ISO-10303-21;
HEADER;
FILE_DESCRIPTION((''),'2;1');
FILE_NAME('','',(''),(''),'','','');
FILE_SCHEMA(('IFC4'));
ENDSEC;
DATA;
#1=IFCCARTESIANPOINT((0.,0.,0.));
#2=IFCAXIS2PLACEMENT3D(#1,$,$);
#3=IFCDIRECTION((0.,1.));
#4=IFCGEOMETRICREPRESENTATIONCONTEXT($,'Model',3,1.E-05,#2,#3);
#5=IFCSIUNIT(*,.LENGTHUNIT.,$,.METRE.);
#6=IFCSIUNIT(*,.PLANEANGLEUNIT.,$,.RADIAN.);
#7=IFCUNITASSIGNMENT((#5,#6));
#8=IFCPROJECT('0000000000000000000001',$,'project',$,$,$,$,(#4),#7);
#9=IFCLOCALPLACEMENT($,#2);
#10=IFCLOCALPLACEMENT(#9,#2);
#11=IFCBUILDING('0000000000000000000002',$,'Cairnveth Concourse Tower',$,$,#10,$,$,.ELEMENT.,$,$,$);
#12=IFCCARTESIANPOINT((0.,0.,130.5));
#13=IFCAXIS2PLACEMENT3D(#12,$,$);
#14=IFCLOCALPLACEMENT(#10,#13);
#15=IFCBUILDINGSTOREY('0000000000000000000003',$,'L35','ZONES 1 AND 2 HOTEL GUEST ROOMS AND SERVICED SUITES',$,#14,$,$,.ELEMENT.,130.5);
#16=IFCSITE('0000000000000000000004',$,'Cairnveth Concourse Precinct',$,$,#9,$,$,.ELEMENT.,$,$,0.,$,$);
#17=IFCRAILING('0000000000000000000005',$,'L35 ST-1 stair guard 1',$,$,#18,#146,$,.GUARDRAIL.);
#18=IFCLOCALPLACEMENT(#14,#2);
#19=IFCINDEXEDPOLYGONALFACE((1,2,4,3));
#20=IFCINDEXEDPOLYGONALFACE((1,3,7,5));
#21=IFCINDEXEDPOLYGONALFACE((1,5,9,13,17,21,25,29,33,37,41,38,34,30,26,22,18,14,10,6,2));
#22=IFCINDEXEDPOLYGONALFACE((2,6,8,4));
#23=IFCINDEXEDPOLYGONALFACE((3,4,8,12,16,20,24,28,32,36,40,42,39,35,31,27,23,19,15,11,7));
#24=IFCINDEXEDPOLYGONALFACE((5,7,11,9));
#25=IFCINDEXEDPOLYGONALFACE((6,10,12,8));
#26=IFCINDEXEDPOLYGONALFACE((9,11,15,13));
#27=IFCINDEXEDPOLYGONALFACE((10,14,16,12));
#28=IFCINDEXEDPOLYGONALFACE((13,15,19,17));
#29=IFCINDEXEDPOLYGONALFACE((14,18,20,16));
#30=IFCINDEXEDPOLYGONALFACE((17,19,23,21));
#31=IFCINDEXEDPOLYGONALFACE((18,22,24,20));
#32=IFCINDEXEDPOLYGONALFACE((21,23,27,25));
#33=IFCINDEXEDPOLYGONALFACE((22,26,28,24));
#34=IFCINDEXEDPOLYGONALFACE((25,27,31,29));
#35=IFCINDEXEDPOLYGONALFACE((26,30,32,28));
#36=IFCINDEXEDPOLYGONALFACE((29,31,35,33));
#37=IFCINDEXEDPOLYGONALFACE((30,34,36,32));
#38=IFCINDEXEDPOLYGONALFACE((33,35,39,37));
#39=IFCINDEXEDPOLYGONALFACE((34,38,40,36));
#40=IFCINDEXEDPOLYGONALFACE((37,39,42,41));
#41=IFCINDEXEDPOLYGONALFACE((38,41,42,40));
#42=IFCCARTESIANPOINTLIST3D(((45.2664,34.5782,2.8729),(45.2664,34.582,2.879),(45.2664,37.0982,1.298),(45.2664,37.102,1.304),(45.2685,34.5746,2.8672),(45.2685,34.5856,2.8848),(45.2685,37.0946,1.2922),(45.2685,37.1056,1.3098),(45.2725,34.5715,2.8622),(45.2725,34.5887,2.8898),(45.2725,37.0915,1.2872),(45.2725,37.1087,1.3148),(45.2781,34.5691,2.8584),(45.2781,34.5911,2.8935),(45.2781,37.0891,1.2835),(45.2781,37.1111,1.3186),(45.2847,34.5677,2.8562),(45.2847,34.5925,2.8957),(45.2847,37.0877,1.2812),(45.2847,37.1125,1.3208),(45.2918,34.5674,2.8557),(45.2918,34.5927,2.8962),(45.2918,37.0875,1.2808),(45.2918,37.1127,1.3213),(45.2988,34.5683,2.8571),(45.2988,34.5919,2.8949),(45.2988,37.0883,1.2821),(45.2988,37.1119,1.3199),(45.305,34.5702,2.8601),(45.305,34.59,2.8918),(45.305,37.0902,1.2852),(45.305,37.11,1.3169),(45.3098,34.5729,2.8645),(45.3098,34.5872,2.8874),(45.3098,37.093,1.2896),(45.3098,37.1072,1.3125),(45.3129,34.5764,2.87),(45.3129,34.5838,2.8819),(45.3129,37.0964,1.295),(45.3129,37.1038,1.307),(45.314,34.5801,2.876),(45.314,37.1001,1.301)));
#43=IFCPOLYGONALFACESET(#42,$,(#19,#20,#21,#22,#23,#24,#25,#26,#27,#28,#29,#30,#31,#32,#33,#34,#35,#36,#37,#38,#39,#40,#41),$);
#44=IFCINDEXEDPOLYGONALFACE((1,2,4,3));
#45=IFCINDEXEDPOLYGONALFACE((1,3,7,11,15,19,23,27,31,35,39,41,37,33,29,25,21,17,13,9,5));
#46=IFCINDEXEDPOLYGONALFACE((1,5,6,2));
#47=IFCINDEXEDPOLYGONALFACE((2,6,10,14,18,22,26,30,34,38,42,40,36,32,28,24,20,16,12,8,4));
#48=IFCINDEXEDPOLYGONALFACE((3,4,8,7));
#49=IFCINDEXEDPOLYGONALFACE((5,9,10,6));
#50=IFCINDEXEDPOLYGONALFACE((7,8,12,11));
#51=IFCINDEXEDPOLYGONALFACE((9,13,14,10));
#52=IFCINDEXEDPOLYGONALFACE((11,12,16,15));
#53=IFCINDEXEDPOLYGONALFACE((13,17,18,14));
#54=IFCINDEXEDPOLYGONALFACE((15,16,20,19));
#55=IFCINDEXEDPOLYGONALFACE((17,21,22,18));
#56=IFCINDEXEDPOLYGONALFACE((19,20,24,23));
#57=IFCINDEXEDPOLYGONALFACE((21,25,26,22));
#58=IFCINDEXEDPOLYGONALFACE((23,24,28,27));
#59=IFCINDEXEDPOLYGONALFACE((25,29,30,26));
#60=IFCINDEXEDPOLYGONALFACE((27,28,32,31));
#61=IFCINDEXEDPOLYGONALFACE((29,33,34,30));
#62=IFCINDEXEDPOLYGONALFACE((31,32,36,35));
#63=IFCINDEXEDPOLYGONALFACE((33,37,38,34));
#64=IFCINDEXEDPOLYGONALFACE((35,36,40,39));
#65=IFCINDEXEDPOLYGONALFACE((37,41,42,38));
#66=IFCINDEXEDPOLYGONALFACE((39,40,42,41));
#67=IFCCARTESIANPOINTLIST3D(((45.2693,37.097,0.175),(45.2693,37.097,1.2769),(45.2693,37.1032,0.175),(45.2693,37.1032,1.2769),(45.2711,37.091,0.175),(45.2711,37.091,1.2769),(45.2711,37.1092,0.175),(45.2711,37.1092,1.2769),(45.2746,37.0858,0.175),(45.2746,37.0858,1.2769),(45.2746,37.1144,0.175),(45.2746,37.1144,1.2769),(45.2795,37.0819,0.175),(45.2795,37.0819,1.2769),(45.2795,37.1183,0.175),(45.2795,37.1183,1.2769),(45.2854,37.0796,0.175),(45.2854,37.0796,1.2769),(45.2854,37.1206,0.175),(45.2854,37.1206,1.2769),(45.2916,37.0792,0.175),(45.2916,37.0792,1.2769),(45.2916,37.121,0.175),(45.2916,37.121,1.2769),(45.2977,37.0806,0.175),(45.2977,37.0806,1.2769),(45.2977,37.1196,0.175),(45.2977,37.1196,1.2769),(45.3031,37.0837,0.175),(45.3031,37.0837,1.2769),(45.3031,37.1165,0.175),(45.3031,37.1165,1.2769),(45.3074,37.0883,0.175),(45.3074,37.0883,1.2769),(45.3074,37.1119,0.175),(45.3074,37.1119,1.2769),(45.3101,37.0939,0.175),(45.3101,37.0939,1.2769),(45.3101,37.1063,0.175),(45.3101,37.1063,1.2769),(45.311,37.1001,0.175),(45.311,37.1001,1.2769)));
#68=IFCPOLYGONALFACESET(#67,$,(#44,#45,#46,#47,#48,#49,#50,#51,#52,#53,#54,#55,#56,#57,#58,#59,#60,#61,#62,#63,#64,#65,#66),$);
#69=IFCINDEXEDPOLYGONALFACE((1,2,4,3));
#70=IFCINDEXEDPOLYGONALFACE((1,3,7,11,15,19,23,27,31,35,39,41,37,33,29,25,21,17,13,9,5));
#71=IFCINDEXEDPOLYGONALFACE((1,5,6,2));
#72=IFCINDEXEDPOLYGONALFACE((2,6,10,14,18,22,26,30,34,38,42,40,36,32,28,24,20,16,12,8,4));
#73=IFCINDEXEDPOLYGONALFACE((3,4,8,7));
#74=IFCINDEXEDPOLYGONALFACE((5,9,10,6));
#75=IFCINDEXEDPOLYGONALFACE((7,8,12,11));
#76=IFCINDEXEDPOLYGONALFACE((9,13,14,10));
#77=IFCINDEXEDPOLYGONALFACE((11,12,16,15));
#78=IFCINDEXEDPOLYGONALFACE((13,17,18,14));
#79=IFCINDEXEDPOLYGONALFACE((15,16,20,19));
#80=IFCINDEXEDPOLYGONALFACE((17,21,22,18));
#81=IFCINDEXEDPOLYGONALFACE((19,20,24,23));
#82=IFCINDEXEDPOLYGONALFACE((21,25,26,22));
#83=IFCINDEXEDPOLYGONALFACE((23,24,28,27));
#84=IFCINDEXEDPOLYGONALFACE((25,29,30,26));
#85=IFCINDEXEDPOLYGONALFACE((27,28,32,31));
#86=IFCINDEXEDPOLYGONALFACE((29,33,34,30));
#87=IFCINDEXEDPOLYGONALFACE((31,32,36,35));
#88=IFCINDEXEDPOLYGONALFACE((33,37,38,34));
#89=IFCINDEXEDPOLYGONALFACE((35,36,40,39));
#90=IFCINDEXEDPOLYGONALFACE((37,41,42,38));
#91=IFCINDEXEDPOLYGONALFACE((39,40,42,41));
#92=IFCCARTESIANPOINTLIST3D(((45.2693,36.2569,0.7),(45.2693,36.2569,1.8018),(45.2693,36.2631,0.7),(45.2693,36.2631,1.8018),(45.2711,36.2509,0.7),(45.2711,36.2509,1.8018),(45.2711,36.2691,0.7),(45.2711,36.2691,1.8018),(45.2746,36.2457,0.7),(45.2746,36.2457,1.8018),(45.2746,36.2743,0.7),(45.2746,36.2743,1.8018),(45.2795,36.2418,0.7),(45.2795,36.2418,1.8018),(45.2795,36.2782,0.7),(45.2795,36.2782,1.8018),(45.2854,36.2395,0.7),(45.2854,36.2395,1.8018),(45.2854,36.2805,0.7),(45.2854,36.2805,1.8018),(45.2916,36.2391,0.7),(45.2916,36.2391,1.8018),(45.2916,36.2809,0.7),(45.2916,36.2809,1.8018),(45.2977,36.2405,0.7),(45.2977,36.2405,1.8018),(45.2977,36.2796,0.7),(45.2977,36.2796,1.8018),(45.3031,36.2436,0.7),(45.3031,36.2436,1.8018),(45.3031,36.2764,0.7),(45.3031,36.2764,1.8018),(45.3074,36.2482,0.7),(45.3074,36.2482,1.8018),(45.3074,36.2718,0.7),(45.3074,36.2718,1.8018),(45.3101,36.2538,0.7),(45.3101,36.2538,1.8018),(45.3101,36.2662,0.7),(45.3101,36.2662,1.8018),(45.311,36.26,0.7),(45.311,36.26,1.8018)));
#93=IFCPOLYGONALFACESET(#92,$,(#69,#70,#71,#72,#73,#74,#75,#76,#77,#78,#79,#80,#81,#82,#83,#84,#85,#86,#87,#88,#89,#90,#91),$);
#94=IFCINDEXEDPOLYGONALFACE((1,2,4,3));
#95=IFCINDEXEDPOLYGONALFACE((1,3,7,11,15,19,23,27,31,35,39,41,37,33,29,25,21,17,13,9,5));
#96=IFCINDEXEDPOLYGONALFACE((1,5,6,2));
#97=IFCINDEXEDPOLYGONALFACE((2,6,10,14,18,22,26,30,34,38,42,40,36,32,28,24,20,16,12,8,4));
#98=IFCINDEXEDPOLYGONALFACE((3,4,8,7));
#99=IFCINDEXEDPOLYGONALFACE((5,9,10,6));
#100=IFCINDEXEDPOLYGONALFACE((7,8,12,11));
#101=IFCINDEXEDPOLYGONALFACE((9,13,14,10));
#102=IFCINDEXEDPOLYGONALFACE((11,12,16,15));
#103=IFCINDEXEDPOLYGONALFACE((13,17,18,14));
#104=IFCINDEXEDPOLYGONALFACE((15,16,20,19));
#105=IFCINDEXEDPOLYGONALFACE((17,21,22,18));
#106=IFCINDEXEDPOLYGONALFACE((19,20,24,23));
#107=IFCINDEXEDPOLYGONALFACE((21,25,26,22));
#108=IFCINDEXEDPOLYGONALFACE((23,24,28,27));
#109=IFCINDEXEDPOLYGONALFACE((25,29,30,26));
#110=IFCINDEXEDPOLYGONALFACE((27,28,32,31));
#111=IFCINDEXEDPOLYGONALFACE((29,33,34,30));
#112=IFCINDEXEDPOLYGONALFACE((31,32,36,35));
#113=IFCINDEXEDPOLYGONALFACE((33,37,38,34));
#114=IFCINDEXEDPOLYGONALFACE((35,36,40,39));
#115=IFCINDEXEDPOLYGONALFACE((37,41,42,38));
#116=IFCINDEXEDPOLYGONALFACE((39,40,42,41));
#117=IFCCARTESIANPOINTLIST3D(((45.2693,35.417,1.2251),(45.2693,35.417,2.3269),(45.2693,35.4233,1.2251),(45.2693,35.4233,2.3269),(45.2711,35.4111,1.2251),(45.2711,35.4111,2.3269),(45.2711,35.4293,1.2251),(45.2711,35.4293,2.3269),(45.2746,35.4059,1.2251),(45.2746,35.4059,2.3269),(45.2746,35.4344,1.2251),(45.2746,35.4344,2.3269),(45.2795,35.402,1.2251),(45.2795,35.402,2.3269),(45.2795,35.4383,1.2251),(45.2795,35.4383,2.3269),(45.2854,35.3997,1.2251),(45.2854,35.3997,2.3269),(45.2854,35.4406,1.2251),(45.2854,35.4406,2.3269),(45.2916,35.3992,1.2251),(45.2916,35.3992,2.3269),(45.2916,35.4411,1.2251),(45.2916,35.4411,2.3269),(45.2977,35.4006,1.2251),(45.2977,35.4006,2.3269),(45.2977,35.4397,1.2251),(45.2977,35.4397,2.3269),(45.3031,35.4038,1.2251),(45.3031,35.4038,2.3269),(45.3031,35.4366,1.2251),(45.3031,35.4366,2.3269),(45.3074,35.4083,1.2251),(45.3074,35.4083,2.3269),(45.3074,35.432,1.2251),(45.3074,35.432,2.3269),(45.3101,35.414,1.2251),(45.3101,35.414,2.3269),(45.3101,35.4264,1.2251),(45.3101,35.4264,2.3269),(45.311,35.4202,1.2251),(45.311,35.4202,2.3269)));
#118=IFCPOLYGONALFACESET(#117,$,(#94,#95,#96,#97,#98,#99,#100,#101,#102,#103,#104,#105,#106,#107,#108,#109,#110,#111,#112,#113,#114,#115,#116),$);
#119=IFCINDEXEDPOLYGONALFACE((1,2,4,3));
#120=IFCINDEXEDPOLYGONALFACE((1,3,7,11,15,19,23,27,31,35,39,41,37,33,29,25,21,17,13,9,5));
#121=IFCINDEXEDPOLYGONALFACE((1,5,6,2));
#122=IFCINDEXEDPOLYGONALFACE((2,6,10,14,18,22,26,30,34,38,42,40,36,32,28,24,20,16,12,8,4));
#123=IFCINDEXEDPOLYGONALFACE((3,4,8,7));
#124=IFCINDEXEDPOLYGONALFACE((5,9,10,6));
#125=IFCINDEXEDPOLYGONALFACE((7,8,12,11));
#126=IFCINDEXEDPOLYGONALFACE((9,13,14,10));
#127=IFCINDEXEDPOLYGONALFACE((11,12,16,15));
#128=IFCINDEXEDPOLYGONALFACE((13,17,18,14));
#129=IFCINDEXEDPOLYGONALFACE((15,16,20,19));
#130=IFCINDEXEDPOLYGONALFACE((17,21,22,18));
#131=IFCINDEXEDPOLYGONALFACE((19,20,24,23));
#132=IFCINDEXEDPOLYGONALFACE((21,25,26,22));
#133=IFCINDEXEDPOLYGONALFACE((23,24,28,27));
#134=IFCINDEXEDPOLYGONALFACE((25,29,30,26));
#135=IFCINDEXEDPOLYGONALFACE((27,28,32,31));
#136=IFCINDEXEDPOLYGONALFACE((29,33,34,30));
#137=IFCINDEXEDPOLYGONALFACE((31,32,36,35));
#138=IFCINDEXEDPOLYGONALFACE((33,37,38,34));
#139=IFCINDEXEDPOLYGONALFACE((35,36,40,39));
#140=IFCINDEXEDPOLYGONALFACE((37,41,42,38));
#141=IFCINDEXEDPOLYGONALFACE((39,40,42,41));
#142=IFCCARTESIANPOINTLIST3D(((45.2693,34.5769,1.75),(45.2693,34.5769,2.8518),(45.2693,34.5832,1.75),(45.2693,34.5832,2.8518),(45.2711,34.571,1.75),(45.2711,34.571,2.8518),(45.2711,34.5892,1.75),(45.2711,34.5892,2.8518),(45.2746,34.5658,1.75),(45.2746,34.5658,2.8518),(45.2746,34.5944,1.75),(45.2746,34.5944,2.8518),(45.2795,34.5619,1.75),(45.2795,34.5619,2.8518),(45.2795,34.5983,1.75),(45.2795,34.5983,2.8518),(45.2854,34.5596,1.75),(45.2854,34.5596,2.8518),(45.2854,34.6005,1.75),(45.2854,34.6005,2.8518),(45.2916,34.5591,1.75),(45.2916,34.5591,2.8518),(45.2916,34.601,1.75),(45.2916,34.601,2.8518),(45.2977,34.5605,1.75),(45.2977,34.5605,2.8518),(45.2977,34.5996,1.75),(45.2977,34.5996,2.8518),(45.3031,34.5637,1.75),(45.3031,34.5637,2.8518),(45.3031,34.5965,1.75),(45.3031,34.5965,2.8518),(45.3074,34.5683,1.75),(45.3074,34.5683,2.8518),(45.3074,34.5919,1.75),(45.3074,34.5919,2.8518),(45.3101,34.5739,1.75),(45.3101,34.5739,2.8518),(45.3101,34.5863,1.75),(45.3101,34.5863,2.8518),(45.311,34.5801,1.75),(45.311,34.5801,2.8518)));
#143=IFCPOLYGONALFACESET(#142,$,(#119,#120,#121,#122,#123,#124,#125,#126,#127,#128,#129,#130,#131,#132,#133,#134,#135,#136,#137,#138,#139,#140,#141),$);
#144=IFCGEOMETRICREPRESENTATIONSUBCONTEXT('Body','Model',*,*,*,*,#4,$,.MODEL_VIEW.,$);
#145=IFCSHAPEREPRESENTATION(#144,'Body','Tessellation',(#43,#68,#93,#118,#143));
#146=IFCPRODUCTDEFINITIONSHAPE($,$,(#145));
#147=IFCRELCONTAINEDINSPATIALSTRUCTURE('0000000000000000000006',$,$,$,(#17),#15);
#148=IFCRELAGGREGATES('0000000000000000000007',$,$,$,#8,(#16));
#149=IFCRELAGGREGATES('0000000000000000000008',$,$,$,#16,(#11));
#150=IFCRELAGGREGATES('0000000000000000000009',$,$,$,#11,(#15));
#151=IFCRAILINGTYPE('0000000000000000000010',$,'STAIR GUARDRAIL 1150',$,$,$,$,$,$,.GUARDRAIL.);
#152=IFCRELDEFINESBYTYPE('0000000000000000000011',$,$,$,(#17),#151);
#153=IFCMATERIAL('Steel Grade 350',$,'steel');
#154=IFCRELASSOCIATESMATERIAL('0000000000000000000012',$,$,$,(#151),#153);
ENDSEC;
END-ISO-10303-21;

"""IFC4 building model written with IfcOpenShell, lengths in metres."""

from ifc_helpers import new_model, si_unit, direction, frame, origin, origin_2d, place, context, subcontext, project, spatial, circle, extrude, material, type_object, element, save


model = new_model("IFC4")

# Units and contexts
model_context = context("Model", 3, precision=1e-05, world=origin(), true_north=direction((0.0, 1.0)))
body_context = subcontext(model_context, "Body", "Model", "MODEL_VIEW")
ifc_project = project(units=[si_unit("LENGTHUNIT", "METRE"), si_unit("PLANEANGLEUNIT", "RADIAN")], contexts=[model_context])

# Site, building, storey
site_placement = place(None, origin())
site = spatial("IfcSite", under=ifc_project, at=site_placement, Name="Cairnveth Concourse Precinct", CompositionType="ELEMENT", RefElevation=0.0)
building_placement = place(site_placement, origin())
building = spatial("IfcBuilding", under=site, at=building_placement, Name="Cairnveth Concourse Tower", CompositionType="ELEMENT")
storey_placement = place(building_placement, frame((0.0, 0.0, 130.5)))
storey = spatial("IfcBuildingStorey", under=building, at=storey_placement, Name="L35", Description="ZONES 1 AND 2 HOTEL GUEST ROOMS AND SERVICED SUITES", CompositionType="ELEMENT", Elevation=130.5)

# Shared definitions
ifc_material_1 = material(Name="Steel Grade 350", Category="steel")

# Railing
railing_type_1 = type_object("IfcRailingType", Name="STAIR GUARDRAIL 1150", PredefinedType="GUARDRAIL", material=ifc_material_1)
railing_1_placement = place(storey_placement, frame((45.29, 37.1001, 0.175)))
element("IfcRailing", 1, at=railing_1_placement, inside=storey, type_object=railing_type_1, Name="L35 ST-1 stair guard 1", PredefinedType="GUARDRAIL", context=body_context, shape_type="SweptSolid", body=[
    extrude(circle(Radius=0.0239, at=origin_2d()), frame((0.0, 0.0, 1.126), z_axis=(0.0, -0.848008, 0.529984), x_axis=(1.0, 0.0, 0.0)), (0.0, 0.0, 1.0), 2.9717),
    extrude(circle(Radius=0.021, at=origin_2d()), origin(), (0.0, 0.0, 1.0), 1.1018),
    extrude(circle(Radius=0.021, at=origin_2d()), frame((0.0, -0.8401, 0.5249)), (0.0, 0.0, 1.0), 1.1018),
    extrude(circle(Radius=0.021, at=origin_2d()), frame((0.0, -1.6799, 1.05)), (0.0, 0.0, 1.0), 1.1018),
    extrude(circle(Radius=0.021, at=origin_2d()), frame((0.0, -2.52, 1.575)), (0.0, 0.0, 1.0), 1.1018),
])

save(model, "model.ifc")
